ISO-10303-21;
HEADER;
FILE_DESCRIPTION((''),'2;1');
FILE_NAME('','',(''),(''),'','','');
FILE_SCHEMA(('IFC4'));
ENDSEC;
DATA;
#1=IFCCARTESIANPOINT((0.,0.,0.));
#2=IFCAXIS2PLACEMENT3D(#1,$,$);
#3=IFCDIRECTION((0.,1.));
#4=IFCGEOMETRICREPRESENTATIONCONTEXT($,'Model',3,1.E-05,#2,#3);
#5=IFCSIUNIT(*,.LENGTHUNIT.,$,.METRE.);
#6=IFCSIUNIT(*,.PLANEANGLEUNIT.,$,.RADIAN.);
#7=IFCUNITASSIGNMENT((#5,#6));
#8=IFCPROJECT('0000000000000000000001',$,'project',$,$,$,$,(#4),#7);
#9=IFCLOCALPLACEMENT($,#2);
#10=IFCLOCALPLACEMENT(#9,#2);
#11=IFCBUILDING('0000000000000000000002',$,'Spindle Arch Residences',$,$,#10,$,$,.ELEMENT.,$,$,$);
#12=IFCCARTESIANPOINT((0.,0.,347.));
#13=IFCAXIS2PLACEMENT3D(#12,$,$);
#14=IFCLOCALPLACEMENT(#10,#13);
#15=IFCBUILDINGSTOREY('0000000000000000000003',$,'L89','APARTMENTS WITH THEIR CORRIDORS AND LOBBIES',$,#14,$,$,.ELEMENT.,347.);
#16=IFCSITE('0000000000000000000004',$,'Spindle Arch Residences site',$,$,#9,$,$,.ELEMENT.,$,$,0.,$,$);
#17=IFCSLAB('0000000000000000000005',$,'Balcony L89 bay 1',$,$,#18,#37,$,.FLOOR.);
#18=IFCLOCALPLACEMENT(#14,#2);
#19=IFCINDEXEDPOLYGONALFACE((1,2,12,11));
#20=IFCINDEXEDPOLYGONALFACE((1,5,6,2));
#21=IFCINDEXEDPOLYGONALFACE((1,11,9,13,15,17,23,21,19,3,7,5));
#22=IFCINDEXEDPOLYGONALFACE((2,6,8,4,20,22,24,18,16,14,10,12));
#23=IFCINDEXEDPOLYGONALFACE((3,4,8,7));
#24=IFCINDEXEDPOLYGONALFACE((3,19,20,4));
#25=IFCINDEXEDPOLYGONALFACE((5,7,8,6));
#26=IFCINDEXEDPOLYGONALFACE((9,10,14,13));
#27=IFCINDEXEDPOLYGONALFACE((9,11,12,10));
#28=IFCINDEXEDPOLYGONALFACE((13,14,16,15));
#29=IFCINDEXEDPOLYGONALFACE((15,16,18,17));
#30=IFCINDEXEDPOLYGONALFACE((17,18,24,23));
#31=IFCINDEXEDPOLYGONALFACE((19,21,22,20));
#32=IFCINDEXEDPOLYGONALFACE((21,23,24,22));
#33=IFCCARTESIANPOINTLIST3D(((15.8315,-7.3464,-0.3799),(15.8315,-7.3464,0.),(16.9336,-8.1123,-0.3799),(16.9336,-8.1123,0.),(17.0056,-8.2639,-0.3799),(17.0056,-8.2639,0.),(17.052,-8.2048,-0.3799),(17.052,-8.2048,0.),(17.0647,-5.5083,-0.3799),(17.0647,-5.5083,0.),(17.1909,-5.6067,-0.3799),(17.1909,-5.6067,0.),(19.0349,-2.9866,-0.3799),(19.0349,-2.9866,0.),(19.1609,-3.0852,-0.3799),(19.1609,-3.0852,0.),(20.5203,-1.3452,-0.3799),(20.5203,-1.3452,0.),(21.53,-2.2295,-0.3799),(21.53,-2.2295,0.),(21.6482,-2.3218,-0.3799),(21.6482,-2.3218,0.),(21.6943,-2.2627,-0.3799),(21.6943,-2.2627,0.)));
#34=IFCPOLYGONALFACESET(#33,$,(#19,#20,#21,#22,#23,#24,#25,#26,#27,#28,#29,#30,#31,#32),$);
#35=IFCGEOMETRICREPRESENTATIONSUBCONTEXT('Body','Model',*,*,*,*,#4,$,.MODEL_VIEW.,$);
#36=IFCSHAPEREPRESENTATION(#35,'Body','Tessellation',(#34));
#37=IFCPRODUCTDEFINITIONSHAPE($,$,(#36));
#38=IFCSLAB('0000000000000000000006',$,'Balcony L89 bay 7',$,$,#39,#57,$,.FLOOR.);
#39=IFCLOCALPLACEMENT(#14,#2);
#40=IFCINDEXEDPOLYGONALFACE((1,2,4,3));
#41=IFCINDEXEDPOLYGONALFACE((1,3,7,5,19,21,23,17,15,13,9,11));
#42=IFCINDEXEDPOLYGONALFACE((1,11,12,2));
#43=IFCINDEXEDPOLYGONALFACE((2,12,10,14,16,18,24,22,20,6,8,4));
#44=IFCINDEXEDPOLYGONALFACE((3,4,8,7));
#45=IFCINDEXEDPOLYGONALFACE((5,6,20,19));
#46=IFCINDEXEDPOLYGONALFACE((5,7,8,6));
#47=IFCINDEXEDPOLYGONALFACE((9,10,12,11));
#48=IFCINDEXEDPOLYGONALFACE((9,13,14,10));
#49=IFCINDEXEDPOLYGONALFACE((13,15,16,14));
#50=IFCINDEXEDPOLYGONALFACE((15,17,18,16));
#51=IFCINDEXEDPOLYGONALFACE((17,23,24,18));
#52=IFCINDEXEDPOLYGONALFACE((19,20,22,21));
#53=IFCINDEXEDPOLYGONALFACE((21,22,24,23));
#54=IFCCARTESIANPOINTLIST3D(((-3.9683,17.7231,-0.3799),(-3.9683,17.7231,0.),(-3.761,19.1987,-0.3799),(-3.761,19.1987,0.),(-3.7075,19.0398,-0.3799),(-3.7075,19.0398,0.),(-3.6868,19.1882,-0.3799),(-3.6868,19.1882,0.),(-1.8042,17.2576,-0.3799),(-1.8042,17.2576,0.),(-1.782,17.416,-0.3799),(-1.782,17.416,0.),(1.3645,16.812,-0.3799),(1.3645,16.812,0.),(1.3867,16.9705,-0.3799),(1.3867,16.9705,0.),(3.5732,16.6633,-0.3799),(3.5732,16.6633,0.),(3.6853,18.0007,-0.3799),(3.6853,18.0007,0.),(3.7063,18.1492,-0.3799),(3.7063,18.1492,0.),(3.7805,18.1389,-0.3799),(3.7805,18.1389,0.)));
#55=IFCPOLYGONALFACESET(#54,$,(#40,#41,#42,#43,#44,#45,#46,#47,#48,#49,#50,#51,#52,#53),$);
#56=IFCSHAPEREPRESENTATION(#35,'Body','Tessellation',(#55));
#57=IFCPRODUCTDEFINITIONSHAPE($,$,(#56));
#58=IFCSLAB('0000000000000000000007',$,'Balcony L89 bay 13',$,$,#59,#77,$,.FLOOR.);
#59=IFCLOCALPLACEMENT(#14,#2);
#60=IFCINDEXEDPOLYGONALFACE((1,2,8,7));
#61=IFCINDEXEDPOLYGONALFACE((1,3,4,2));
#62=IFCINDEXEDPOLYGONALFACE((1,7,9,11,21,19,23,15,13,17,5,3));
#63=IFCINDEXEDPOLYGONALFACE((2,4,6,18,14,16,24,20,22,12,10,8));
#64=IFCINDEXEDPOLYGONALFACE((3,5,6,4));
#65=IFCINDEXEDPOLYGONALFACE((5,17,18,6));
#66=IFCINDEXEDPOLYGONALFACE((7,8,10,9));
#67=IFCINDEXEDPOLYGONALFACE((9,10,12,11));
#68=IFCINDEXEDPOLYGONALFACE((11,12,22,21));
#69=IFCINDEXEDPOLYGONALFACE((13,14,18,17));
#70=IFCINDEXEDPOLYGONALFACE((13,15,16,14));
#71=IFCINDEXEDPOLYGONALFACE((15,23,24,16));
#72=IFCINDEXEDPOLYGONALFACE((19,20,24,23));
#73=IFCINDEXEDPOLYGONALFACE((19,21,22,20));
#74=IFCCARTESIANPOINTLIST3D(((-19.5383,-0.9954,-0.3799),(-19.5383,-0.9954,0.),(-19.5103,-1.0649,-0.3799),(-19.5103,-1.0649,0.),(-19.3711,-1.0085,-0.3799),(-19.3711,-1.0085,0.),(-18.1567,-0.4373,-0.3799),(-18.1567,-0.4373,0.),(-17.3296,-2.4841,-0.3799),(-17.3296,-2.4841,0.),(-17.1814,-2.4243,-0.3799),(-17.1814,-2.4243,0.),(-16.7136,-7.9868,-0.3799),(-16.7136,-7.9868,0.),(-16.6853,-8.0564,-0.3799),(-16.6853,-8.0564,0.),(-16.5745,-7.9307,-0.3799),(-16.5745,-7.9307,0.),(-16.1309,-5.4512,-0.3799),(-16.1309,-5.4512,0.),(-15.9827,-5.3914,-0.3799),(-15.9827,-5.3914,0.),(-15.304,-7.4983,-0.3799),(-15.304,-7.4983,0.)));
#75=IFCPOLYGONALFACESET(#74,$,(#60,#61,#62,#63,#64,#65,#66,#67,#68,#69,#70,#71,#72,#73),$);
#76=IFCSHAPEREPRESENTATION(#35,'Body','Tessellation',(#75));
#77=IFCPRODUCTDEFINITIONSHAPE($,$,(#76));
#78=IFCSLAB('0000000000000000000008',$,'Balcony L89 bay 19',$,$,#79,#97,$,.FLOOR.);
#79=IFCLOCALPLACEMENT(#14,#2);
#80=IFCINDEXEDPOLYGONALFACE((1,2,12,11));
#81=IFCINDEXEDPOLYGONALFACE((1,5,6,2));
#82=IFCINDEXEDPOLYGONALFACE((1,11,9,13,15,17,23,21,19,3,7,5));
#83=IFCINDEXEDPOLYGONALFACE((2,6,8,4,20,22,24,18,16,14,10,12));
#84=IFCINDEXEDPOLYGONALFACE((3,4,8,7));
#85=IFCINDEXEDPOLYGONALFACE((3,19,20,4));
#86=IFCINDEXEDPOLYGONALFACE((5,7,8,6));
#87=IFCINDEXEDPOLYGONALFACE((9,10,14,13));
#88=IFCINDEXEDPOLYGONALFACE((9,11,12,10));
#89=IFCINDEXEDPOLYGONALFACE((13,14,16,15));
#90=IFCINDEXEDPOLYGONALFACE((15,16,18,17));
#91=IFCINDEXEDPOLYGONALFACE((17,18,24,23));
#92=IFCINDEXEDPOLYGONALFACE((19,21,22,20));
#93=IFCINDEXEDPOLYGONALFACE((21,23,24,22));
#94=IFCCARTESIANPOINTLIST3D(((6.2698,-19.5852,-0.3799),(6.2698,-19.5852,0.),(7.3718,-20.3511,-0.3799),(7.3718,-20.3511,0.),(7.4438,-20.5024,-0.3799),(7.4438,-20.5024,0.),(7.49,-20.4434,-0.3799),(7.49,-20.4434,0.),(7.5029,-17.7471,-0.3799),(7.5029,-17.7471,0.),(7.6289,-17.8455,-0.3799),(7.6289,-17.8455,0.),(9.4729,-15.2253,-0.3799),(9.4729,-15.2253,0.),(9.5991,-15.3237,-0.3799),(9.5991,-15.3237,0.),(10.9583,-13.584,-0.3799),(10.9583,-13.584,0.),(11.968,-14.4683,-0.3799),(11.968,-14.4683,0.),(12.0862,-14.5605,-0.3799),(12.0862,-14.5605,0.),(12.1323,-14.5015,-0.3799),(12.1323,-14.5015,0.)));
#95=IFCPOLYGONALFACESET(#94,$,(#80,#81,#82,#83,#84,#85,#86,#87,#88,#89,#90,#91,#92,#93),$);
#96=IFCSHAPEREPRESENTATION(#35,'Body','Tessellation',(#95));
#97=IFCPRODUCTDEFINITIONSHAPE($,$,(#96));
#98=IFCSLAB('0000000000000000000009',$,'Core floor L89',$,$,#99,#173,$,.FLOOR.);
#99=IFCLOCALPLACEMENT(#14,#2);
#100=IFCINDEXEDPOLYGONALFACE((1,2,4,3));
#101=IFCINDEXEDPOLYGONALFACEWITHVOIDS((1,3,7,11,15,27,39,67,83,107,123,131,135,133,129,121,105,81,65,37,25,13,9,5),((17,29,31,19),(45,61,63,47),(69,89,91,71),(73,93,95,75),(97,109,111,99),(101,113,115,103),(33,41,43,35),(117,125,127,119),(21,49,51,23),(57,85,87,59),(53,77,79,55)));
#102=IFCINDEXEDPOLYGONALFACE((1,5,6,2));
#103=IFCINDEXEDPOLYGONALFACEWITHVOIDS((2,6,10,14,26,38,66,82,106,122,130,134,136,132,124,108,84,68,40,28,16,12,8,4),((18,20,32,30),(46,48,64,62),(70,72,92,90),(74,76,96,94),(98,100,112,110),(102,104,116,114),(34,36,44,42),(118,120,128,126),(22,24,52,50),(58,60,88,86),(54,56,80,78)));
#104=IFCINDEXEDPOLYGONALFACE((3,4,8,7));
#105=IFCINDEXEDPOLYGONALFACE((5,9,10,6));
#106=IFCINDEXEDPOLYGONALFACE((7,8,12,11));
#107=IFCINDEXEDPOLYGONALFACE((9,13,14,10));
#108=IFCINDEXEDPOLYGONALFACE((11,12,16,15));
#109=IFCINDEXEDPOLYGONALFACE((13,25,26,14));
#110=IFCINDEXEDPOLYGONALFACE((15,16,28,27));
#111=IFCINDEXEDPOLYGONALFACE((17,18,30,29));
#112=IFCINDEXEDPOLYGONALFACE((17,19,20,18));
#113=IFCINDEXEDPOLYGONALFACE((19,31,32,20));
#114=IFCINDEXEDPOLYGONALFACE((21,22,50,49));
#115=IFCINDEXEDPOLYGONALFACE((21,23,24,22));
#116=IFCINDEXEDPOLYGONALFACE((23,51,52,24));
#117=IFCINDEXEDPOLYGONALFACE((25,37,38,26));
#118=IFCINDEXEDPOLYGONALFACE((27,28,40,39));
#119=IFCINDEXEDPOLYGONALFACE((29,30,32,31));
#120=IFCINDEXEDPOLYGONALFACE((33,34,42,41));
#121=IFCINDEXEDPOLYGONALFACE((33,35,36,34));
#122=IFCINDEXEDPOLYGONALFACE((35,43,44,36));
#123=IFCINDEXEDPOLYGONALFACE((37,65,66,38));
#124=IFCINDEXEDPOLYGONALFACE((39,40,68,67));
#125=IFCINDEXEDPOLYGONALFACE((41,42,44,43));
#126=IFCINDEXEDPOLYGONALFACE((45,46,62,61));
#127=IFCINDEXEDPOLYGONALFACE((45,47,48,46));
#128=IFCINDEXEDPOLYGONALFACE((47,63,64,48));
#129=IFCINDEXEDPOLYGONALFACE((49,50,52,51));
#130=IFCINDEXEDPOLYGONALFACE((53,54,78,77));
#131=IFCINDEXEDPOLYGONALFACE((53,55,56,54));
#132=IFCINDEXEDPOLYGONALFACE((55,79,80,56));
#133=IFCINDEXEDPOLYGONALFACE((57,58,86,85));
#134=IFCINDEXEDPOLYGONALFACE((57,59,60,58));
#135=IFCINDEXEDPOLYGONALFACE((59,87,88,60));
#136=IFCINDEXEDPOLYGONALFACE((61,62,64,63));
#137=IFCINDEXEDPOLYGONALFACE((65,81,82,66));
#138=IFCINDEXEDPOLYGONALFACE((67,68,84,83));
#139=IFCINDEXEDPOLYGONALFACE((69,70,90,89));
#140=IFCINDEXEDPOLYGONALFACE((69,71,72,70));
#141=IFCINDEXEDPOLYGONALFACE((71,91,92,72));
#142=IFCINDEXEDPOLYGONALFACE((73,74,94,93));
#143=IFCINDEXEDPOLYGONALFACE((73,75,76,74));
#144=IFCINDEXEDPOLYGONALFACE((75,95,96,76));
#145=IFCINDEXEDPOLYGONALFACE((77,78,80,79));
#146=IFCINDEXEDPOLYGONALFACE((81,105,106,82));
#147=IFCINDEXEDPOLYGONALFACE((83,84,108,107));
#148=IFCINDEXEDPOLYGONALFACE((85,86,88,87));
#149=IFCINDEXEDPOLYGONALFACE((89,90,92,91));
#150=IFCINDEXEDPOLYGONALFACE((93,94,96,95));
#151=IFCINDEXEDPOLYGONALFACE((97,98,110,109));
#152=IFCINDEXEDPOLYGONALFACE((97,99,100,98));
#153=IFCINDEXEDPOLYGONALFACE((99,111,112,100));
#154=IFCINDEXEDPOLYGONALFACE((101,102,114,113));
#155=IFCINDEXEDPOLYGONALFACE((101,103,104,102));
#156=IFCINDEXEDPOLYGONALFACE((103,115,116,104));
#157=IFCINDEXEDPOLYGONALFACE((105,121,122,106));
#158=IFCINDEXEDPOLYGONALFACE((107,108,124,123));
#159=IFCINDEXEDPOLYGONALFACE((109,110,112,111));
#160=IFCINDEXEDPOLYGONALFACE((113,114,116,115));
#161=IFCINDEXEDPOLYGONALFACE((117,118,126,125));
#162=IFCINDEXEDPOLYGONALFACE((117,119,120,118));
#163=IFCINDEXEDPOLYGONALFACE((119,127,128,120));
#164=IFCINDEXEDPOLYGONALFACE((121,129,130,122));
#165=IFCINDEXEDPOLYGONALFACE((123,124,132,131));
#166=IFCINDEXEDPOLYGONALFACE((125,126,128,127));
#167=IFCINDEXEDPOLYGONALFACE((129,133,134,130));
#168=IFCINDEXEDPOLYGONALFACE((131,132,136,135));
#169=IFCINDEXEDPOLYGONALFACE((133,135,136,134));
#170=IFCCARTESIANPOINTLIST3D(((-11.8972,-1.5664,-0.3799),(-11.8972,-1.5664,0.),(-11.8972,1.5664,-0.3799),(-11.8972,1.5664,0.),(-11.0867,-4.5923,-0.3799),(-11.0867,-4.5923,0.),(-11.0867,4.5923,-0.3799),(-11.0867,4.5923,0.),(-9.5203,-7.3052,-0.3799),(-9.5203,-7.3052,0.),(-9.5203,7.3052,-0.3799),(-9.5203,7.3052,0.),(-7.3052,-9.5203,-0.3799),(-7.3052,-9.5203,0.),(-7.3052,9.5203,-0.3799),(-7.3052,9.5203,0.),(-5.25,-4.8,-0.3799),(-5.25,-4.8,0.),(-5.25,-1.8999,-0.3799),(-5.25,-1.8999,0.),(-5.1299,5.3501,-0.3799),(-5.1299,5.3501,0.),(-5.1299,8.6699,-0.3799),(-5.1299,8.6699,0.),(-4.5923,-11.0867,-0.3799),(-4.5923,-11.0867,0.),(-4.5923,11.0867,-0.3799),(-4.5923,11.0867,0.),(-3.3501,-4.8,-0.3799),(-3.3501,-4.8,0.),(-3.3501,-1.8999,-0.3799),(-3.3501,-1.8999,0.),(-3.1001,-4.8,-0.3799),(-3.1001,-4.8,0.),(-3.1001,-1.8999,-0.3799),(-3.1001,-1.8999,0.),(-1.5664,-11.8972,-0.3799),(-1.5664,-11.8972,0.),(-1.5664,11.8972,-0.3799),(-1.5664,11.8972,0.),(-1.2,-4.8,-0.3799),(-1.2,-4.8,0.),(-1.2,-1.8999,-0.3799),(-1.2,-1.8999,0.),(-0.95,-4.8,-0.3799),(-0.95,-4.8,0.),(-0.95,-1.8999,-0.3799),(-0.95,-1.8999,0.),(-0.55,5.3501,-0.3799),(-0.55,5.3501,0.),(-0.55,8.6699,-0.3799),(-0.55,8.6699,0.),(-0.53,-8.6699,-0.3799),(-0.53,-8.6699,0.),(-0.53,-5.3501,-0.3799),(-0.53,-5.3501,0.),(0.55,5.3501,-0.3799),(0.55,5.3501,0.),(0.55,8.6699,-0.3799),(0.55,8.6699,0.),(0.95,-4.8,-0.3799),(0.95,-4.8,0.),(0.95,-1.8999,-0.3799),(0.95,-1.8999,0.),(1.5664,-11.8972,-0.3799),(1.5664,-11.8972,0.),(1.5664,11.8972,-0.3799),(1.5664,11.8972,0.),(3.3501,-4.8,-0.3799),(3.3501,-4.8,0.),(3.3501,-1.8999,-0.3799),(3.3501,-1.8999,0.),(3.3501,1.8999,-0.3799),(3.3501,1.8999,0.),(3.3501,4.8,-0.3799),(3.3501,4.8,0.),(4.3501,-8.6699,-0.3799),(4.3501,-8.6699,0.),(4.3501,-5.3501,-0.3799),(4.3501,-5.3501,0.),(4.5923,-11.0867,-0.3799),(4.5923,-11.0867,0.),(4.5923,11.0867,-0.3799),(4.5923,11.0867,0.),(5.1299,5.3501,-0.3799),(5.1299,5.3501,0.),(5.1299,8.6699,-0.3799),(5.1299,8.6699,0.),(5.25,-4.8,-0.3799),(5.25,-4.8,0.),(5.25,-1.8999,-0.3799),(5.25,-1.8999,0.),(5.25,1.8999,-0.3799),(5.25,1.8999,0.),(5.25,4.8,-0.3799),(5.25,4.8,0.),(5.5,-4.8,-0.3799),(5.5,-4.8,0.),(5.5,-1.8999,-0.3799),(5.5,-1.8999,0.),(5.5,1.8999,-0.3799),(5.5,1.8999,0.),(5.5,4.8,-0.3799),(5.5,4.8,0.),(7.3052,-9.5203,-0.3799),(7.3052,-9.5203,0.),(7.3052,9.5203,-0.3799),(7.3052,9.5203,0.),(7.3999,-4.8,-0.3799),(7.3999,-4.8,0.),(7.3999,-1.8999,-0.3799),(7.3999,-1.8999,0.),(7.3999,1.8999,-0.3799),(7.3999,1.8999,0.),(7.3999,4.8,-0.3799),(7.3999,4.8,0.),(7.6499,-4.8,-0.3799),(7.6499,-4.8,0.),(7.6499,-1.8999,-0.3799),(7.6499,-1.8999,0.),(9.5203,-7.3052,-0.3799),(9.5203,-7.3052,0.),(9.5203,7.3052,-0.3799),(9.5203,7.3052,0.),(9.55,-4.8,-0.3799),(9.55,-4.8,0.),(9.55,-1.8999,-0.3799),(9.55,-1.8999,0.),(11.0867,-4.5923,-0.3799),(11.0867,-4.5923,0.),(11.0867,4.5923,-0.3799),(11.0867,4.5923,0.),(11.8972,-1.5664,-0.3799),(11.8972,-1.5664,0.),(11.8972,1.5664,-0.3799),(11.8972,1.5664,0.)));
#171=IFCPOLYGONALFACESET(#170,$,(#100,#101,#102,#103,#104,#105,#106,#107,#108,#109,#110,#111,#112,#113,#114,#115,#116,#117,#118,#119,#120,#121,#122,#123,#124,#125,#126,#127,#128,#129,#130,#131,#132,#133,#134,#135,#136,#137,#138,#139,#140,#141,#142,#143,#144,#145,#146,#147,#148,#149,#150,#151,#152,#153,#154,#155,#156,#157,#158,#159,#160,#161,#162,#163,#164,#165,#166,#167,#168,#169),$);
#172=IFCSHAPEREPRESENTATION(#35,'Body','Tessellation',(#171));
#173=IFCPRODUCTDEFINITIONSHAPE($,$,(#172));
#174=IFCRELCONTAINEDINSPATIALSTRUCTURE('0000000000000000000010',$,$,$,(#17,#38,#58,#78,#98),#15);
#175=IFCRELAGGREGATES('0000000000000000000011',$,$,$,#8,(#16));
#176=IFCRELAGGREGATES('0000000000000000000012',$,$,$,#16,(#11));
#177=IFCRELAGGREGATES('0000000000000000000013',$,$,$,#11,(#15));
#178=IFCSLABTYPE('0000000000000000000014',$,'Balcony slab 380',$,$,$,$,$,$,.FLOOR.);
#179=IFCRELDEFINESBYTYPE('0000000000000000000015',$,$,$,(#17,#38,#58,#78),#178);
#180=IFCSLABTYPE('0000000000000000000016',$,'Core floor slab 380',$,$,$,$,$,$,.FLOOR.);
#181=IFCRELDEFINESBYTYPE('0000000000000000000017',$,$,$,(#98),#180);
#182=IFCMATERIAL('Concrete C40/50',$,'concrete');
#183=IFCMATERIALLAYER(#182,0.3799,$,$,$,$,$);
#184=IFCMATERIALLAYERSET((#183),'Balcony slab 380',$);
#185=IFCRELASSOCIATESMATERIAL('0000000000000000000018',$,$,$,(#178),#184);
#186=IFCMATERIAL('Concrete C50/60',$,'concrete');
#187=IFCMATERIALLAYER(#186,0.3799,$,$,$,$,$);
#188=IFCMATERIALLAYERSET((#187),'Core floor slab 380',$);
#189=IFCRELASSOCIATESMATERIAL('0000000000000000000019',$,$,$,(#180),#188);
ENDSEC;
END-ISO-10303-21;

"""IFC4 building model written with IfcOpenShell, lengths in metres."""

from ifc_helpers import new_model, si_unit, direction, frame, origin, place, context, subcontext, project, spatial, polyline, outline, extrude, material, layer, layer_set, type_object, element, save


model = new_model("IFC4")

# Units and contexts
model_context = context("Model", 3, precision=1e-05, world=origin(), true_north=direction((0.0, 1.0)))
body_context = subcontext(model_context, "Body", "Model", "MODEL_VIEW")
ifc_project = project(units=[si_unit("LENGTHUNIT", "METRE"), si_unit("PLANEANGLEUNIT", "RADIAN")], contexts=[model_context])

# Site, building, storey
site_placement = place(None, origin())
site = spatial("IfcSite", under=ifc_project, at=site_placement, Name="Spindle Arch Residences site", CompositionType="ELEMENT", RefElevation=0.0)
building_placement = place(site_placement, origin())
building = spatial("IfcBuilding", under=site, at=building_placement, Name="Spindle Arch Residences", CompositionType="ELEMENT")
storey_placement = place(building_placement, frame((0.0, 0.0, 347.0)))
storey = spatial("IfcBuildingStorey", under=building, at=storey_placement, Name="L89", Description="APARTMENTS WITH THEIR CORRIDORS AND LOBBIES", CompositionType="ELEMENT", Elevation=347.0)

# Slabs
ifc_material_1 = material(Name="Concrete C40/50", Category="concrete")
ifc_layer_1 = layer(ifc_material_1, 0.3799)
ifc_layer_set_1 = layer_set([ifc_layer_1], Name="Balcony slab 380")
slab_type_1 = type_object("IfcSlabType", Name="Balcony slab 380", PredefinedType="FLOOR", material=ifc_layer_set_1)
slab_1_placement = place(storey_placement, frame((0.0, 0.0, -0.3799)))
element("IfcSlab", 1, at=slab_1_placement, inside=storey, type_object=slab_type_1, Name="Balcony L89 bay 1", PredefinedType="FLOOR", context=body_context, shape_type="SweptSolid", body=[
    extrude(outline(polyline([(17.0056, -8.2639), (17.052, -8.2048), (16.9336, -8.1123), (21.53, -2.2295), (21.6482, -2.3218), (21.6943, -2.2627), (20.5203, -1.3452), (19.1609, -3.0852), (19.0349, -2.9866), (17.0647, -5.5083), (17.1909, -5.6067), (15.8315, -7.3464), (17.0056, -8.2639)])), origin(), (0.0, 0.0, 1.0), 0.3799),
])
slab_2_placement = place(storey_placement, frame((0.0, 0.0, -0.3799)))
element("IfcSlab", 2, at=slab_2_placement, inside=storey, type_object=slab_type_1, Name="Balcony L89 bay 7", PredefinedType="FLOOR", context=body_context, shape_type="SweptSolid", body=[
    extrude(outline(polyline([(3.7805, 18.1389), (3.7063, 18.1492), (3.6853, 18.0007), (-3.7075, 19.0398), (-3.6868, 19.1882), (-3.761, 19.1987), (-3.9683, 17.7231), (-1.782, 17.416), (-1.8042, 17.2576), (1.3645, 16.812), (1.3867, 16.9705), (3.5732, 16.6633), (3.7805, 18.1389)])), origin(), (0.0, 0.0, 1.0), 0.3799),
])
slab_3_placement = place(storey_placement, frame((0.0, 0.0, -0.3799)))
element("IfcSlab", 3, at=slab_3_placement, inside=storey, type_object=slab_type_1, Name="Balcony L89 bay 13", PredefinedType="FLOOR", context=body_context, shape_type="SweptSolid", body=[
    extrude(outline(polyline([(-19.5383, -0.9954), (-19.5103, -1.0649), (-19.3711, -1.0085), (-16.5745, -7.9307), (-16.7136, -7.9868), (-16.6853, -8.0564), (-15.304, -7.4983), (-16.1309, -5.4512), (-15.9827, -5.3914), (-17.1814, -2.4243), (-17.3296, -2.4841), (-18.1567, -0.4373), (-19.5383, -0.9954)])), origin(), (0.0, 0.0, 1.0), 0.3799),
])
slab_4_placement = place(storey_placement, frame((0.0, 0.0, -0.3799)))
element("IfcSlab", 4, at=slab_4_placement, inside=storey, type_object=slab_type_1, Name="Balcony L89 bay 19", PredefinedType="FLOOR", context=body_context, shape_type="SweptSolid", body=[
    extrude(outline(polyline([(7.4438, -20.5024), (7.49, -20.4434), (7.3718, -20.3511), (11.968, -14.4683), (12.0862, -14.5605), (12.1323, -14.5015), (10.9583, -13.584), (9.5991, -15.3237), (9.4729, -15.2253), (7.5029, -17.7471), (7.6289, -17.8455), (6.2698, -19.5852), (7.4438, -20.5024)])), origin(), (0.0, 0.0, 1.0), 0.3799),
])
ifc_material_2 = material(Name="Concrete C50/60", Category="concrete")
ifc_layer_2 = layer(ifc_material_2, 0.3799)
ifc_layer_set_2 = layer_set([ifc_layer_2], Name="Core floor slab 380")
slab_type_2 = type_object("IfcSlabType", Name="Core floor slab 380", PredefinedType="FLOOR", material=ifc_layer_set_2)
slab_5_placement = place(storey_placement, frame((0.0, 0.0, -0.3799)))
element("IfcSlab", 5, at=slab_5_placement, inside=storey, type_object=slab_type_2, Name="Core floor L89", PredefinedType="FLOOR", context=body_context, shape_type="SweptSolid", body=[
    extrude(outline(polyline([(1.5664, -11.8972), (4.5923, -11.0867), (7.3052, -9.5203), (9.5203, -7.3052), (11.0867, -4.5923), (11.8972, -1.5664), (11.8972, 1.5664), (11.0867, 4.5923), (9.5203, 7.3052), (7.3052, 9.5203), (4.5923, 11.0867), (1.5664, 11.8972), (-1.5664, 11.8972), (-4.5923, 11.0867), (-7.3052, 9.5203), (-9.5203, 7.3052), (-11.0867, 4.5923), (-11.8972, 1.5664), (-11.8972, -1.5664), (-11.0867, -4.5923), (-9.5203, -7.3052), (-7.3052, -9.5203), (-4.5923, -11.0867), (-1.5664, -11.8972), (1.5664, -11.8972)]), holes=[polyline([(3.3501, 1.8999), (5.25, 1.8999), (5.25, 4.8), (3.3501, 4.8), (3.3501, 1.8999)]), polyline([(5.5, 1.8999), (7.3999, 1.8999), (7.3999, 4.8), (5.5, 4.8), (5.5, 1.8999)]), polyline([(-5.25, -4.8), (-3.3501, -4.8), (-3.3501, -1.8999), (-5.25, -1.8999), (-5.25, -4.8)]), polyline([(-3.1001, -4.8), (-1.2, -4.8), (-1.2, -1.8999), (-3.1001, -1.8999), (-3.1001, -4.8)]), polyline([(-0.95, -4.8), (0.95, -4.8), (0.95, -1.8999), (-0.95, -1.8999), (-0.95, -4.8)]), polyline([(3.3501, -4.8), (5.25, -4.8), (5.25, -1.8999), (3.3501, -1.8999), (3.3501, -4.8)]), polyline([(5.5, -4.8), (7.3999, -4.8), (7.3999, -1.8999), (5.5, -1.8999), (5.5, -4.8)]), polyline([(7.6499, -4.8), (9.55, -4.8), (9.55, -1.8999), (7.6499, -1.8999), (7.6499, -4.8)]), polyline([(5.1299, 8.6699), (0.55, 8.6699), (0.55, 5.3501), (5.1299, 5.3501), (5.1299, 8.6699)]), polyline([(-5.1299, 5.3501), (-0.55, 5.3501), (-0.55, 8.6699), (-5.1299, 8.6699), (-5.1299, 5.3501)]), polyline([(-0.53, -8.6699), (4.3501, -8.6699), (4.3501, -5.3501), (-0.53, -5.3501), (-0.53, -8.6699)])]), origin(), (0.0, 0.0, 1.0), 0.3799),
])

save(model, "model.ifc")
